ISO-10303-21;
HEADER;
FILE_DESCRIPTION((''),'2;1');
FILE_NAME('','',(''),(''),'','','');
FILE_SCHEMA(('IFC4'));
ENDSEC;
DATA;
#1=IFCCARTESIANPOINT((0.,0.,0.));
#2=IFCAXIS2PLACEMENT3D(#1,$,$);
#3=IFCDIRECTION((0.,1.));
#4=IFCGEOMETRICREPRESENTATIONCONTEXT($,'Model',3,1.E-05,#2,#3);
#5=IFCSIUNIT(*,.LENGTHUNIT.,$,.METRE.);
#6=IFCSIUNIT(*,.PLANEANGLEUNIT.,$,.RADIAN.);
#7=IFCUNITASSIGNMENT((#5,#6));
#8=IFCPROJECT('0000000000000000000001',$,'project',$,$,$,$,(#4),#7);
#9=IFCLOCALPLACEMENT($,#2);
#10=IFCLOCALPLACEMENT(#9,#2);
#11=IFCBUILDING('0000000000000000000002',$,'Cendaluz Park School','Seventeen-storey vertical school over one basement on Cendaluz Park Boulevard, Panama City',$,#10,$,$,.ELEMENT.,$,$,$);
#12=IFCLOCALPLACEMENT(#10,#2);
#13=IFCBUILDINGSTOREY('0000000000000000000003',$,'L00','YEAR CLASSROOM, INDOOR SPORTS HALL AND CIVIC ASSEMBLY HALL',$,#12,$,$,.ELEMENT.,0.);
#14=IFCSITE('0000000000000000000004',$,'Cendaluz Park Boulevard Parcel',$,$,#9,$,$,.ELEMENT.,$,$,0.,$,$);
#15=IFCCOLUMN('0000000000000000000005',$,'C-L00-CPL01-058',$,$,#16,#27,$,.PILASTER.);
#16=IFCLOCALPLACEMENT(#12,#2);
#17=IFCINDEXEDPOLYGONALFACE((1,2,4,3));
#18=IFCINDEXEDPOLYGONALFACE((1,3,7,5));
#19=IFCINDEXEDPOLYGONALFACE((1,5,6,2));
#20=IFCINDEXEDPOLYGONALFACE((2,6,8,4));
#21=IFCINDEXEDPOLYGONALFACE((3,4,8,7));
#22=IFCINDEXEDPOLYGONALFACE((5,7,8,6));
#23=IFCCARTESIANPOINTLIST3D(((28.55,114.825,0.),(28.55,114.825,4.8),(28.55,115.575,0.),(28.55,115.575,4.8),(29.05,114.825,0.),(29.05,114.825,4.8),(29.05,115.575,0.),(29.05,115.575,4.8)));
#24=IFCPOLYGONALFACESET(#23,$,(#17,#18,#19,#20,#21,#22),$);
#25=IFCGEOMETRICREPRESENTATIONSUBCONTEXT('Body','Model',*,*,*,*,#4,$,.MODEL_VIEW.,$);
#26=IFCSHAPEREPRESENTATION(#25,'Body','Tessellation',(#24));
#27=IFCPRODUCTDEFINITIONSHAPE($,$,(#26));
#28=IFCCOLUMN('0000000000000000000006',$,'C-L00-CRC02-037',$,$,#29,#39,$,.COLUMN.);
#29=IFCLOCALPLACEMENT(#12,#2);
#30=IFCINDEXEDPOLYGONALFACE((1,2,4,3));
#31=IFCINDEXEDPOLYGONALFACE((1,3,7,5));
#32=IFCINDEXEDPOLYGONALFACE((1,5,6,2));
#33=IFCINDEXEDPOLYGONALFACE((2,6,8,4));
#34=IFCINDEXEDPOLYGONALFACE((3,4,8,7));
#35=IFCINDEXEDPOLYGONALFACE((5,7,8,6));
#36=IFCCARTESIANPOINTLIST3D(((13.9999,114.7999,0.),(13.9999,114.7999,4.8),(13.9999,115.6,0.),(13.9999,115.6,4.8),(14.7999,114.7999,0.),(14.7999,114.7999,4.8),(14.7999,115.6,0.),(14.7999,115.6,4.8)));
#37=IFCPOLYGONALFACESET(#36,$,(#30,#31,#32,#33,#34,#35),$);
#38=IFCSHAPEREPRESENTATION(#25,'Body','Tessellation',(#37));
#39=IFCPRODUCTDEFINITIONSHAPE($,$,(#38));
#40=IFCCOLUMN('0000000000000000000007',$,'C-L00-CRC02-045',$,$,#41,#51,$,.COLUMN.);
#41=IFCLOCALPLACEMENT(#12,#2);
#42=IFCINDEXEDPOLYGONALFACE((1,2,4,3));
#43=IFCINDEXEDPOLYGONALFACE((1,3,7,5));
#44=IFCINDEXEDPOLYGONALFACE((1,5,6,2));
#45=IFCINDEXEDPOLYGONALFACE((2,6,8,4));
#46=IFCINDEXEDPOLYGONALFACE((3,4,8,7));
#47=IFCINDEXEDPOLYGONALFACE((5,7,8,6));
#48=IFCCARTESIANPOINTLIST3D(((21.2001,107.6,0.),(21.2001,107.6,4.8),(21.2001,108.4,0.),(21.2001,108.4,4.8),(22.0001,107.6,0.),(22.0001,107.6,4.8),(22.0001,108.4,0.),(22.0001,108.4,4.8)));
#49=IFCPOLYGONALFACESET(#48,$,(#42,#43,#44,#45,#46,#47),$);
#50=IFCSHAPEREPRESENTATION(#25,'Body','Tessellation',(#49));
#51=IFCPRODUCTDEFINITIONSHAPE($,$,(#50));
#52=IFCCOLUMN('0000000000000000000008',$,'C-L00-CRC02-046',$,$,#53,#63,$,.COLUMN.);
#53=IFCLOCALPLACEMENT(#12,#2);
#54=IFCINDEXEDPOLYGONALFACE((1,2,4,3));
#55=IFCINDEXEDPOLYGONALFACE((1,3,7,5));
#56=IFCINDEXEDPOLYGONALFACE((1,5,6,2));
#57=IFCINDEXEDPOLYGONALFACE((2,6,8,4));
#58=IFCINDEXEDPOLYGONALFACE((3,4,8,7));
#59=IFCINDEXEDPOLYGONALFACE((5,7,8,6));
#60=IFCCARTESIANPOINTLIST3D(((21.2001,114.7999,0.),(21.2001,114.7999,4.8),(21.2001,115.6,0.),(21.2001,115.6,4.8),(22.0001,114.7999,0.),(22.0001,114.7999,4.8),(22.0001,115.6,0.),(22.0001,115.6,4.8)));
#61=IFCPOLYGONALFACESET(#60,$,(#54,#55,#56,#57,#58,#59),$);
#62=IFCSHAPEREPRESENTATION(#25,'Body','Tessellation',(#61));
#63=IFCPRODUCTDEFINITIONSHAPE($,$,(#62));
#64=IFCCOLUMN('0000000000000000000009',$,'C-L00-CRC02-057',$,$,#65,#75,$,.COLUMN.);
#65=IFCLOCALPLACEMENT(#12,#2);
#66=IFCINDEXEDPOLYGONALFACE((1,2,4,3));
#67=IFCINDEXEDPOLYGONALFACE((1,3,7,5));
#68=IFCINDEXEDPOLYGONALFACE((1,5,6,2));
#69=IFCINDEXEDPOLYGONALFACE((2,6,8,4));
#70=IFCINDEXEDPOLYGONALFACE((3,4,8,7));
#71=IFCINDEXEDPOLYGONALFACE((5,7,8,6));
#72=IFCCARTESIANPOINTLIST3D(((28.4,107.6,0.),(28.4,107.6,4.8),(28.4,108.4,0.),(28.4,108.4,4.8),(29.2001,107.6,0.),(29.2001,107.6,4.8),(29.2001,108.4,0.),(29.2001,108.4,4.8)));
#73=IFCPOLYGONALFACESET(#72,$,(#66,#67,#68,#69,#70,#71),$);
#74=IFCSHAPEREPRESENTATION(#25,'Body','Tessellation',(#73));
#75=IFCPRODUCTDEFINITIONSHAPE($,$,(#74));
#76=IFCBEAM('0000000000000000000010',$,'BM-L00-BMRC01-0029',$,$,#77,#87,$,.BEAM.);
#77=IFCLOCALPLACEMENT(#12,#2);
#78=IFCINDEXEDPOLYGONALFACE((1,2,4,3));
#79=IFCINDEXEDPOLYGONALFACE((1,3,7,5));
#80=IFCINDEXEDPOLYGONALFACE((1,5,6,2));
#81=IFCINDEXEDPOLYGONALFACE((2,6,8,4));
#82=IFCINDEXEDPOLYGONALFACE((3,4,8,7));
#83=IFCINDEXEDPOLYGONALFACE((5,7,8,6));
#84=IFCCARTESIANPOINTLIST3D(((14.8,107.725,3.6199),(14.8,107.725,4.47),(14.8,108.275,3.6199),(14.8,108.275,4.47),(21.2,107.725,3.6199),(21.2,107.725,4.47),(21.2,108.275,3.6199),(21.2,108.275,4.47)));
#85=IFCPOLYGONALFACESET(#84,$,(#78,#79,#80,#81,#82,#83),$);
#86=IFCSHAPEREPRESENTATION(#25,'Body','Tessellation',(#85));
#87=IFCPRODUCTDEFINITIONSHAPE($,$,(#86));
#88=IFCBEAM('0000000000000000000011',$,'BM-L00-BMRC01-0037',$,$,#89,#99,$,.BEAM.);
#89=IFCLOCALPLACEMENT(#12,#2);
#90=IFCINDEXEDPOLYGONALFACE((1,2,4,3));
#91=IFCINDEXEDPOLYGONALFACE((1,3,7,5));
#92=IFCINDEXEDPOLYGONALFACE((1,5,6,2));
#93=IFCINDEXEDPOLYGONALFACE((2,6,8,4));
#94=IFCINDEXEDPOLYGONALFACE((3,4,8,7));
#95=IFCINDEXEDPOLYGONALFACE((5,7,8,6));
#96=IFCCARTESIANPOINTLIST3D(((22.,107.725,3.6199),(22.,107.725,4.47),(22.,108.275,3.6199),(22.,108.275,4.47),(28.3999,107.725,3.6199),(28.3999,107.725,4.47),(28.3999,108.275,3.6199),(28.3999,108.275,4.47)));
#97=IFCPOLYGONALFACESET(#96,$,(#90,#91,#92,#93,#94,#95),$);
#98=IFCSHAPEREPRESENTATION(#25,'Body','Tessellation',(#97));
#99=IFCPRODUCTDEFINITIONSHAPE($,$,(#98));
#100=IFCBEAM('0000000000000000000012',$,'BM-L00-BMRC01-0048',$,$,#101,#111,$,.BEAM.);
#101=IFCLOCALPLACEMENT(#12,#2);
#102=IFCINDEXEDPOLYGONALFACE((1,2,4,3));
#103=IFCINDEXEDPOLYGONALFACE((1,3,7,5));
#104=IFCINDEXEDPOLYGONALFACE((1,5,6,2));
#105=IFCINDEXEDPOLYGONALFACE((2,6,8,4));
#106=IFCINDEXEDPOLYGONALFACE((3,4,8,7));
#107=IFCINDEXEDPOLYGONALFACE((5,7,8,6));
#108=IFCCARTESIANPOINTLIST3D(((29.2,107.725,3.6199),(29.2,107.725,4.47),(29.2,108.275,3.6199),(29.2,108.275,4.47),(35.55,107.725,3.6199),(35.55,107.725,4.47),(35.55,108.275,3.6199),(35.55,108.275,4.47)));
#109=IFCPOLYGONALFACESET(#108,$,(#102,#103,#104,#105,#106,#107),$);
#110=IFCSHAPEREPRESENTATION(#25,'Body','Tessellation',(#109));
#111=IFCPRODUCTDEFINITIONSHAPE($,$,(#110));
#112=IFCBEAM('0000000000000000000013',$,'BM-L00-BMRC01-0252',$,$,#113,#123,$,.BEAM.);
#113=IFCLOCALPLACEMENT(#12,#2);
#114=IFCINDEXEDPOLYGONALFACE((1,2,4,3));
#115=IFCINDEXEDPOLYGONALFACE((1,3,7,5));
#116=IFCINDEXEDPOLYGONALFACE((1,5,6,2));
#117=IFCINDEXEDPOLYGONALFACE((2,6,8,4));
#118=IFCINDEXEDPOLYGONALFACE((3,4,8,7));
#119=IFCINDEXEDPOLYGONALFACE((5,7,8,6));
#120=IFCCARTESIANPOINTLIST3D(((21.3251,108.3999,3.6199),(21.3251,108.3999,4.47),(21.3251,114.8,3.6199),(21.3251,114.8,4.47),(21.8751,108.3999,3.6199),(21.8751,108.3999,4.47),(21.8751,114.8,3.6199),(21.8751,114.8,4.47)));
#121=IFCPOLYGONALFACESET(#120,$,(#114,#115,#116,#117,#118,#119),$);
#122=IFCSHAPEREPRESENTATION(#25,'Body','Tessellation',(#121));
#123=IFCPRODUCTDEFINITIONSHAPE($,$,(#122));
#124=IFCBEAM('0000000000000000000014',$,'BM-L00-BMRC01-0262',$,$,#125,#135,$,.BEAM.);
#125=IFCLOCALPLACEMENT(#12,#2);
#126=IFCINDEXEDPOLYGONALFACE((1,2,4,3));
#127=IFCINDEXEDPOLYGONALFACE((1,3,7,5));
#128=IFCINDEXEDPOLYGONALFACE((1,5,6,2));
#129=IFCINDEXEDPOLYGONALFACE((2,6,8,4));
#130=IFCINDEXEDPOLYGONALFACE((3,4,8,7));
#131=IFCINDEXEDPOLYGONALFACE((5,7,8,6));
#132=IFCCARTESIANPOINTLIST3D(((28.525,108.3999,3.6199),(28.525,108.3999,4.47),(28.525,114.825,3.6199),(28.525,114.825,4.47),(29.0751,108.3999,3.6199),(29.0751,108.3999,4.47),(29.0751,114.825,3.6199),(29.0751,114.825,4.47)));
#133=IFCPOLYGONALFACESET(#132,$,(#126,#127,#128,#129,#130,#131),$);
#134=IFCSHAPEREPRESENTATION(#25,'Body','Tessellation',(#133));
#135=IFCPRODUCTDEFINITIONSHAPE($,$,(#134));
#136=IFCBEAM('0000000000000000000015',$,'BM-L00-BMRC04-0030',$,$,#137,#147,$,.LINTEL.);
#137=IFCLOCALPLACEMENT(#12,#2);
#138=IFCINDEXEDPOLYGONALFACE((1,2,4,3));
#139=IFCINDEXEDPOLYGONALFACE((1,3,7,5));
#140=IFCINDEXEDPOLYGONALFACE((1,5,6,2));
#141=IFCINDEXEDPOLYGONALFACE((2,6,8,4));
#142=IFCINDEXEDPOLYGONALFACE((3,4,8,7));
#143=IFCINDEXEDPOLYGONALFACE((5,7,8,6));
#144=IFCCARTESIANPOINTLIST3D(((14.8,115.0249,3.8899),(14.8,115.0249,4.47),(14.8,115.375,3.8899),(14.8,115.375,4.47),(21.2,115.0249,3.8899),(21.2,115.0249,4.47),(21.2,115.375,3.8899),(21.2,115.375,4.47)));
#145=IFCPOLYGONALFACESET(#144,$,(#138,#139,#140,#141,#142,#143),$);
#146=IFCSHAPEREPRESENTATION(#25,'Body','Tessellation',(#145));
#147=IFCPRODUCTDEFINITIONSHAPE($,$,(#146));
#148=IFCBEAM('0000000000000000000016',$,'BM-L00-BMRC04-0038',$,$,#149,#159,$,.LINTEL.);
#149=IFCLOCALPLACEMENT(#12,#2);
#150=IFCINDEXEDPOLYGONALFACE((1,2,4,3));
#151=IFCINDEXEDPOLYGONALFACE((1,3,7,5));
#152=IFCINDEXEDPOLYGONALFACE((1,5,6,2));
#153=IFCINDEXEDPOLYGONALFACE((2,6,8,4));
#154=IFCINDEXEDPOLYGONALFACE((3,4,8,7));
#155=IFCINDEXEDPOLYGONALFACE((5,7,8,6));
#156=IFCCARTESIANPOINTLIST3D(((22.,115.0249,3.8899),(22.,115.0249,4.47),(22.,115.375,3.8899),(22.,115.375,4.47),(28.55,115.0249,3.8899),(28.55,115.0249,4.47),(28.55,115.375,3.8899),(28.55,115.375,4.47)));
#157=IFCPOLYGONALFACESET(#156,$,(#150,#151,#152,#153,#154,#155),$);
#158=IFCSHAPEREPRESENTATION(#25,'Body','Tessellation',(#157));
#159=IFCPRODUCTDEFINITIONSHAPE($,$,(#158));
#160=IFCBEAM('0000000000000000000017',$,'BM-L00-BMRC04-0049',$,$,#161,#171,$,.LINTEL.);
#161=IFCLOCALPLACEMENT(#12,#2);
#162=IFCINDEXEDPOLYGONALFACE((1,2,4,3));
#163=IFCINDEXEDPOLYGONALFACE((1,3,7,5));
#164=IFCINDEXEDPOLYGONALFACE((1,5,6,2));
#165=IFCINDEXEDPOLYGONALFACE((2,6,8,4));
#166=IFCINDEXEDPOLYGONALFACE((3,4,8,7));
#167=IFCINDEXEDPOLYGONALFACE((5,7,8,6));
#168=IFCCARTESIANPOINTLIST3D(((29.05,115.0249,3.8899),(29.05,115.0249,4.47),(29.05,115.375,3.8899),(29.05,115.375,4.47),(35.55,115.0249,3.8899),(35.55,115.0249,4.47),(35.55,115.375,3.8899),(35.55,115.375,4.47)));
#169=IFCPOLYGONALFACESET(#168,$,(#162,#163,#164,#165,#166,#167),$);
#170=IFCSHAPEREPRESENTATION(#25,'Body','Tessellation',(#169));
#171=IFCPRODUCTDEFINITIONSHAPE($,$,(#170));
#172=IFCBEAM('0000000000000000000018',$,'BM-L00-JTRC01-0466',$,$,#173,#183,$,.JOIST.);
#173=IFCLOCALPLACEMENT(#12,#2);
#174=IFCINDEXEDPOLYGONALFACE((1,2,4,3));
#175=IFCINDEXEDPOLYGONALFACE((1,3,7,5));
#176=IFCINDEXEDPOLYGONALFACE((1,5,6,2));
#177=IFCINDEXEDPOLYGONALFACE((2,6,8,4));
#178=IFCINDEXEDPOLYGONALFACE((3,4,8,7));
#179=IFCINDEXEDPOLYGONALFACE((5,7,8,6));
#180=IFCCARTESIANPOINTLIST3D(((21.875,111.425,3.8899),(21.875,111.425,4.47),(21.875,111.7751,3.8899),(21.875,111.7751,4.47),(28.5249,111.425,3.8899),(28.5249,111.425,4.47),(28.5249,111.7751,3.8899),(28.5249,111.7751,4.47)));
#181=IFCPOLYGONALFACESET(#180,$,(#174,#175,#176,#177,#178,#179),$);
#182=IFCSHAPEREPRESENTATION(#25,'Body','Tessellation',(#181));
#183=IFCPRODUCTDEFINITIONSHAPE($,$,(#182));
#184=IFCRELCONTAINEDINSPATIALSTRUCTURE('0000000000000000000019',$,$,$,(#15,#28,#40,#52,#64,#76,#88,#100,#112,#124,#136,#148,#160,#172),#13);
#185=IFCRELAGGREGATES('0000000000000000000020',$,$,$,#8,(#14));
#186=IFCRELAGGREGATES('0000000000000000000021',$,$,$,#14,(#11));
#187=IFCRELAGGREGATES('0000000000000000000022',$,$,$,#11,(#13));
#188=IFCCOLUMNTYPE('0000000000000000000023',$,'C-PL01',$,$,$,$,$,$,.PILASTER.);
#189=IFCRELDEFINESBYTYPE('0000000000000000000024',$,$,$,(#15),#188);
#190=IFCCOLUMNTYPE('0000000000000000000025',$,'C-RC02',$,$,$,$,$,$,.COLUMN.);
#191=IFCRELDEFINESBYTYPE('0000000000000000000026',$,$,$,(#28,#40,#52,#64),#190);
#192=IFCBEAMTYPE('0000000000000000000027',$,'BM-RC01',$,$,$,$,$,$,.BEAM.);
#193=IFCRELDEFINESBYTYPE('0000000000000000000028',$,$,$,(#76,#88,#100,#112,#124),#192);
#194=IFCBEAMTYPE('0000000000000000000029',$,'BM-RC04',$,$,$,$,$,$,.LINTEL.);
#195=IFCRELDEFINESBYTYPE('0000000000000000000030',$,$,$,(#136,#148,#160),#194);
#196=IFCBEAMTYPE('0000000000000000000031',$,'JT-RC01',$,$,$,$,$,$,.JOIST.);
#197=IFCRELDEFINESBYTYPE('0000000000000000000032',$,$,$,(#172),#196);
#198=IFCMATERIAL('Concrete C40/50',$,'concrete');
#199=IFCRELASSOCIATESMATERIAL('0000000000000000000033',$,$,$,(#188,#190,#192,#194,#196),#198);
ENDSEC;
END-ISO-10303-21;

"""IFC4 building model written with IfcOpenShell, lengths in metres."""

from ifc_helpers import new_model, si_unit, direction, frame, origin, origin_2d, place, context, subcontext, project, spatial, rectangle, extrude, material, material_profile, profile_set, type_object, element, save


model = new_model("IFC4")

# Units and contexts
model_context = context("Model", 3, precision=1e-05, world=origin(), true_north=direction((0.0, 1.0)))
body_context = subcontext(model_context, "Body", "Model", "MODEL_VIEW")
ifc_project = project(units=[si_unit("LENGTHUNIT", "METRE"), si_unit("PLANEANGLEUNIT", "RADIAN")], contexts=[model_context])

# Site, building, storey
site_placement = place(None, origin())
site = spatial("IfcSite", under=ifc_project, at=site_placement, Name="Cendaluz Park Boulevard Parcel", CompositionType="ELEMENT", RefElevation=0.0)
building_placement = place(site_placement, origin())
building = spatial("IfcBuilding", under=site, at=building_placement, Name="Cendaluz Park School", Description="Seventeen-storey vertical school over one basement on Cendaluz Park Boulevard, Panama City", CompositionType="ELEMENT")
storey_placement = place(building_placement, origin())
storey = spatial("IfcBuildingStorey", under=building, at=storey_placement, Name="L00", Description="YEAR CLASSROOM, INDOOR SPORTS HALL AND CIVIC ASSEMBLY HALL", CompositionType="ELEMENT", Elevation=0.0)

# Columns
ifc_material_1 = material(Name="Concrete C40/50", Category="concrete")
ifc_material_profile_1 = material_profile(ifc_material_1, rectangle(XDim=0.5, YDim=0.75, at=origin_2d()), Name="RC 500x750", Category="concrete")
ifc_profile_set_1 = profile_set([ifc_material_profile_1], Name="Concrete C40/50")
column_type_1 = type_object("IfcColumnType", Name="C-PL01", PredefinedType="PILASTER", material=ifc_profile_set_1)
column_placement = place(storey_placement, frame((28.8, 115.2, 0.0), z_axis=(0.0, 0.0, 1.0), x_axis=(1.0, 0.0, 0.0)))
element("IfcColumn", 1, at=column_placement, inside=storey, type_object=column_type_1, Name="C-L00-CPL01-058", PredefinedType="PILASTER", context=body_context, shape_type="SweptSolid", body=[
    extrude(rectangle(XDim=0.5, YDim=0.75, at=origin_2d()), origin(), (0.0, 0.0, 1.0), 4.8),
])
ifc_material_profile_2 = material_profile(ifc_material_1, rectangle(XDim=0.8, YDim=0.8, at=origin_2d()), Name="RC 800x800", Category="concrete")
ifc_profile_set_2 = profile_set([ifc_material_profile_2], Name="Concrete C40/50")
column_type_2 = type_object("IfcColumnType", Name="C-RC02", PredefinedType="COLUMN", material=ifc_profile_set_2)
for number, where, z_axis, x_axis, name in (
    (2, (14.3999, 115.2, 0.0), (0.0, 0.0, 1.0), (1.0, 0.0, 0.0), "C-L00-CRC02-037"),
    (3, (21.6001, 108.0, 0.0), (0.0, 0.0, 1.0), (1.0, 0.0, 0.0), "C-L00-CRC02-045"),
    (4, (21.6001, 115.2, 0.0), (0.0, 0.0, 1.0), (1.0, 0.0, 0.0), "C-L00-CRC02-046"),
    (5, (28.8, 108.0, 0.0), (0.0, 0.0, 1.0), (1.0, 0.0, 0.0), "C-L00-CRC02-057"),
):
    element("IfcColumn", number, at=place(storey_placement, frame(where, z_axis=z_axis, x_axis=x_axis)), inside=storey, type_object=column_type_2, Name=name, PredefinedType="COLUMN", context=body_context, shape_type="SweptSolid", body=[
        extrude(rectangle(XDim=0.8, YDim=0.8, at=origin_2d()), origin(), (0.0, 0.0, 1.0), 4.8),
    ])

# Beams
ifc_material_profile_3 = material_profile(ifc_material_1, rectangle(XDim=0.55, YDim=0.8501, at=origin_2d()), Name="RC 550x850", Category="concrete")
ifc_profile_set_3 = profile_set([ifc_material_profile_3], Name="Concrete C40/50")
beam_type_1 = type_object("IfcBeamType", Name="BM-RC01", PredefinedType="BEAM", material=ifc_profile_set_3)
for number, where, z_axis, x_axis, name in (
    (6, (14.8, 108.0, 4.0449), (1.0, 0.0, 0.0), (0.0, 1.0, 0.0), "BM-L00-BMRC01-0029"),
    (7, (22.0, 108.0, 4.0449), (1.0, 0.0, 0.0), (0.0, 1.0, 0.0), "BM-L00-BMRC01-0037"),
):
    element("IfcBeam", number, at=place(storey_placement, frame(where, z_axis=z_axis, x_axis=x_axis)), inside=storey, type_object=beam_type_1, Name=name, PredefinedType="BEAM", context=body_context, shape_type="SweptSolid", body=[
        extrude(rectangle(XDim=0.55, YDim=0.8501, at=origin_2d()), origin(), (0.0, 0.0, 1.0), 6.3999),
    ])
beam_1_placement = place(storey_placement, frame((29.2, 108.0, 4.0449), z_axis=(1.0, 0.0, 0.0), x_axis=(0.0, 1.0, 0.0)))
element("IfcBeam", 8, at=beam_1_placement, inside=storey, type_object=beam_type_1, Name="BM-L00-BMRC01-0048", PredefinedType="BEAM", context=body_context, shape_type="SweptSolid", body=[
    extrude(rectangle(XDim=0.55, YDim=0.8501, at=origin_2d()), origin(), (0.0, 0.0, 1.0), 6.3501),
])
beam_2_placement = place(storey_placement, frame((21.6001, 108.3999, 4.0449), z_axis=(0.0, 1.0, 0.0), x_axis=(-1.0, 0.0, 0.0)))
element("IfcBeam", 9, at=beam_2_placement, inside=storey, type_object=beam_type_1, Name="BM-L00-BMRC01-0252", PredefinedType="BEAM", context=body_context, shape_type="SweptSolid", body=[
    extrude(rectangle(XDim=0.55, YDim=0.8501, at=origin_2d()), origin(), (0.0, 0.0, 1.0), 6.4001),
])
beam_3_placement = place(storey_placement, frame((28.8, 108.3999, 4.0449), z_axis=(0.0, 1.0, 0.0), x_axis=(-1.0, 0.0, 0.0)))
element("IfcBeam", 10, at=beam_3_placement, inside=storey, type_object=beam_type_1, Name="BM-L00-BMRC01-0262", PredefinedType="BEAM", context=body_context, shape_type="SweptSolid", body=[
    extrude(rectangle(XDim=0.55, YDim=0.8501, at=origin_2d()), origin(), (0.0, 0.0, 1.0), 6.425),
])
ifc_material_profile_4 = material_profile(ifc_material_1, rectangle(XDim=0.3501, YDim=0.5801, at=origin_2d()), Name="RC 350x580", Category="concrete")
ifc_profile_set_4 = profile_set([ifc_material_profile_4], Name="Concrete C40/50")
beam_type_2 = type_object("IfcBeamType", Name="BM-RC04", PredefinedType="LINTEL", material=ifc_profile_set_4)
beam_4_placement = place(storey_placement, frame((14.8, 115.2, 4.1799), z_axis=(1.0, 0.0, 0.0), x_axis=(0.0, 1.0, 0.0)))
element("IfcBeam", 11, at=beam_4_placement, inside=storey, type_object=beam_type_2, Name="BM-L00-BMRC04-0030", PredefinedType="LINTEL", context=body_context, shape_type="SweptSolid", body=[
    extrude(rectangle(XDim=0.3501, YDim=0.5801, at=origin_2d()), origin(), (0.0, 0.0, 1.0), 6.3999),
])
beam_5_placement = place(storey_placement, frame((22.0, 115.2, 4.1799), z_axis=(1.0, 0.0, 0.0), x_axis=(0.0, 1.0, 0.0)))
element("IfcBeam", 12, at=beam_5_placement, inside=storey, type_object=beam_type_2, Name="BM-L00-BMRC04-0038", PredefinedType="LINTEL", context=body_context, shape_type="SweptSolid", body=[
    extrude(rectangle(XDim=0.3501, YDim=0.5801, at=origin_2d()), origin(), (0.0, 0.0, 1.0), 6.55),
])
beam_6_placement = place(storey_placement, frame((29.05, 115.2, 4.1799), z_axis=(1.0, 0.0, 0.0), x_axis=(0.0, 1.0, 0.0)))
element("IfcBeam", 13, at=beam_6_placement, inside=storey, type_object=beam_type_2, Name="BM-L00-BMRC04-0049", PredefinedType="LINTEL", context=body_context, shape_type="SweptSolid", body=[
    extrude(rectangle(XDim=0.3501, YDim=0.5801, at=origin_2d()), origin(), (0.0, 0.0, 1.0), 6.5),
])
ifc_material_profile_5 = material_profile(ifc_material_1, rectangle(XDim=0.3501, YDim=0.5801, at=origin_2d()), Name="RC 350x580", Category="concrete")
ifc_profile_set_5 = profile_set([ifc_material_profile_5], Name="Concrete C40/50")
beam_type_3 = type_object("IfcBeamType", Name="JT-RC01", PredefinedType="JOIST", material=ifc_profile_set_5)
beam_7_placement = place(storey_placement, frame((21.875, 111.6001, 4.1799), z_axis=(1.0, 0.0, 0.0), x_axis=(0.0, 1.0, 0.0)))
element("IfcBeam", 14, at=beam_7_placement, inside=storey, type_object=beam_type_3, Name="BM-L00-JTRC01-0466", PredefinedType="JOIST", context=body_context, shape_type="SweptSolid", body=[
    extrude(rectangle(XDim=0.3501, YDim=0.5801, at=origin_2d()), origin(), (0.0, 0.0, 1.0), 6.6499),
])

save(model, "model.ifc")
